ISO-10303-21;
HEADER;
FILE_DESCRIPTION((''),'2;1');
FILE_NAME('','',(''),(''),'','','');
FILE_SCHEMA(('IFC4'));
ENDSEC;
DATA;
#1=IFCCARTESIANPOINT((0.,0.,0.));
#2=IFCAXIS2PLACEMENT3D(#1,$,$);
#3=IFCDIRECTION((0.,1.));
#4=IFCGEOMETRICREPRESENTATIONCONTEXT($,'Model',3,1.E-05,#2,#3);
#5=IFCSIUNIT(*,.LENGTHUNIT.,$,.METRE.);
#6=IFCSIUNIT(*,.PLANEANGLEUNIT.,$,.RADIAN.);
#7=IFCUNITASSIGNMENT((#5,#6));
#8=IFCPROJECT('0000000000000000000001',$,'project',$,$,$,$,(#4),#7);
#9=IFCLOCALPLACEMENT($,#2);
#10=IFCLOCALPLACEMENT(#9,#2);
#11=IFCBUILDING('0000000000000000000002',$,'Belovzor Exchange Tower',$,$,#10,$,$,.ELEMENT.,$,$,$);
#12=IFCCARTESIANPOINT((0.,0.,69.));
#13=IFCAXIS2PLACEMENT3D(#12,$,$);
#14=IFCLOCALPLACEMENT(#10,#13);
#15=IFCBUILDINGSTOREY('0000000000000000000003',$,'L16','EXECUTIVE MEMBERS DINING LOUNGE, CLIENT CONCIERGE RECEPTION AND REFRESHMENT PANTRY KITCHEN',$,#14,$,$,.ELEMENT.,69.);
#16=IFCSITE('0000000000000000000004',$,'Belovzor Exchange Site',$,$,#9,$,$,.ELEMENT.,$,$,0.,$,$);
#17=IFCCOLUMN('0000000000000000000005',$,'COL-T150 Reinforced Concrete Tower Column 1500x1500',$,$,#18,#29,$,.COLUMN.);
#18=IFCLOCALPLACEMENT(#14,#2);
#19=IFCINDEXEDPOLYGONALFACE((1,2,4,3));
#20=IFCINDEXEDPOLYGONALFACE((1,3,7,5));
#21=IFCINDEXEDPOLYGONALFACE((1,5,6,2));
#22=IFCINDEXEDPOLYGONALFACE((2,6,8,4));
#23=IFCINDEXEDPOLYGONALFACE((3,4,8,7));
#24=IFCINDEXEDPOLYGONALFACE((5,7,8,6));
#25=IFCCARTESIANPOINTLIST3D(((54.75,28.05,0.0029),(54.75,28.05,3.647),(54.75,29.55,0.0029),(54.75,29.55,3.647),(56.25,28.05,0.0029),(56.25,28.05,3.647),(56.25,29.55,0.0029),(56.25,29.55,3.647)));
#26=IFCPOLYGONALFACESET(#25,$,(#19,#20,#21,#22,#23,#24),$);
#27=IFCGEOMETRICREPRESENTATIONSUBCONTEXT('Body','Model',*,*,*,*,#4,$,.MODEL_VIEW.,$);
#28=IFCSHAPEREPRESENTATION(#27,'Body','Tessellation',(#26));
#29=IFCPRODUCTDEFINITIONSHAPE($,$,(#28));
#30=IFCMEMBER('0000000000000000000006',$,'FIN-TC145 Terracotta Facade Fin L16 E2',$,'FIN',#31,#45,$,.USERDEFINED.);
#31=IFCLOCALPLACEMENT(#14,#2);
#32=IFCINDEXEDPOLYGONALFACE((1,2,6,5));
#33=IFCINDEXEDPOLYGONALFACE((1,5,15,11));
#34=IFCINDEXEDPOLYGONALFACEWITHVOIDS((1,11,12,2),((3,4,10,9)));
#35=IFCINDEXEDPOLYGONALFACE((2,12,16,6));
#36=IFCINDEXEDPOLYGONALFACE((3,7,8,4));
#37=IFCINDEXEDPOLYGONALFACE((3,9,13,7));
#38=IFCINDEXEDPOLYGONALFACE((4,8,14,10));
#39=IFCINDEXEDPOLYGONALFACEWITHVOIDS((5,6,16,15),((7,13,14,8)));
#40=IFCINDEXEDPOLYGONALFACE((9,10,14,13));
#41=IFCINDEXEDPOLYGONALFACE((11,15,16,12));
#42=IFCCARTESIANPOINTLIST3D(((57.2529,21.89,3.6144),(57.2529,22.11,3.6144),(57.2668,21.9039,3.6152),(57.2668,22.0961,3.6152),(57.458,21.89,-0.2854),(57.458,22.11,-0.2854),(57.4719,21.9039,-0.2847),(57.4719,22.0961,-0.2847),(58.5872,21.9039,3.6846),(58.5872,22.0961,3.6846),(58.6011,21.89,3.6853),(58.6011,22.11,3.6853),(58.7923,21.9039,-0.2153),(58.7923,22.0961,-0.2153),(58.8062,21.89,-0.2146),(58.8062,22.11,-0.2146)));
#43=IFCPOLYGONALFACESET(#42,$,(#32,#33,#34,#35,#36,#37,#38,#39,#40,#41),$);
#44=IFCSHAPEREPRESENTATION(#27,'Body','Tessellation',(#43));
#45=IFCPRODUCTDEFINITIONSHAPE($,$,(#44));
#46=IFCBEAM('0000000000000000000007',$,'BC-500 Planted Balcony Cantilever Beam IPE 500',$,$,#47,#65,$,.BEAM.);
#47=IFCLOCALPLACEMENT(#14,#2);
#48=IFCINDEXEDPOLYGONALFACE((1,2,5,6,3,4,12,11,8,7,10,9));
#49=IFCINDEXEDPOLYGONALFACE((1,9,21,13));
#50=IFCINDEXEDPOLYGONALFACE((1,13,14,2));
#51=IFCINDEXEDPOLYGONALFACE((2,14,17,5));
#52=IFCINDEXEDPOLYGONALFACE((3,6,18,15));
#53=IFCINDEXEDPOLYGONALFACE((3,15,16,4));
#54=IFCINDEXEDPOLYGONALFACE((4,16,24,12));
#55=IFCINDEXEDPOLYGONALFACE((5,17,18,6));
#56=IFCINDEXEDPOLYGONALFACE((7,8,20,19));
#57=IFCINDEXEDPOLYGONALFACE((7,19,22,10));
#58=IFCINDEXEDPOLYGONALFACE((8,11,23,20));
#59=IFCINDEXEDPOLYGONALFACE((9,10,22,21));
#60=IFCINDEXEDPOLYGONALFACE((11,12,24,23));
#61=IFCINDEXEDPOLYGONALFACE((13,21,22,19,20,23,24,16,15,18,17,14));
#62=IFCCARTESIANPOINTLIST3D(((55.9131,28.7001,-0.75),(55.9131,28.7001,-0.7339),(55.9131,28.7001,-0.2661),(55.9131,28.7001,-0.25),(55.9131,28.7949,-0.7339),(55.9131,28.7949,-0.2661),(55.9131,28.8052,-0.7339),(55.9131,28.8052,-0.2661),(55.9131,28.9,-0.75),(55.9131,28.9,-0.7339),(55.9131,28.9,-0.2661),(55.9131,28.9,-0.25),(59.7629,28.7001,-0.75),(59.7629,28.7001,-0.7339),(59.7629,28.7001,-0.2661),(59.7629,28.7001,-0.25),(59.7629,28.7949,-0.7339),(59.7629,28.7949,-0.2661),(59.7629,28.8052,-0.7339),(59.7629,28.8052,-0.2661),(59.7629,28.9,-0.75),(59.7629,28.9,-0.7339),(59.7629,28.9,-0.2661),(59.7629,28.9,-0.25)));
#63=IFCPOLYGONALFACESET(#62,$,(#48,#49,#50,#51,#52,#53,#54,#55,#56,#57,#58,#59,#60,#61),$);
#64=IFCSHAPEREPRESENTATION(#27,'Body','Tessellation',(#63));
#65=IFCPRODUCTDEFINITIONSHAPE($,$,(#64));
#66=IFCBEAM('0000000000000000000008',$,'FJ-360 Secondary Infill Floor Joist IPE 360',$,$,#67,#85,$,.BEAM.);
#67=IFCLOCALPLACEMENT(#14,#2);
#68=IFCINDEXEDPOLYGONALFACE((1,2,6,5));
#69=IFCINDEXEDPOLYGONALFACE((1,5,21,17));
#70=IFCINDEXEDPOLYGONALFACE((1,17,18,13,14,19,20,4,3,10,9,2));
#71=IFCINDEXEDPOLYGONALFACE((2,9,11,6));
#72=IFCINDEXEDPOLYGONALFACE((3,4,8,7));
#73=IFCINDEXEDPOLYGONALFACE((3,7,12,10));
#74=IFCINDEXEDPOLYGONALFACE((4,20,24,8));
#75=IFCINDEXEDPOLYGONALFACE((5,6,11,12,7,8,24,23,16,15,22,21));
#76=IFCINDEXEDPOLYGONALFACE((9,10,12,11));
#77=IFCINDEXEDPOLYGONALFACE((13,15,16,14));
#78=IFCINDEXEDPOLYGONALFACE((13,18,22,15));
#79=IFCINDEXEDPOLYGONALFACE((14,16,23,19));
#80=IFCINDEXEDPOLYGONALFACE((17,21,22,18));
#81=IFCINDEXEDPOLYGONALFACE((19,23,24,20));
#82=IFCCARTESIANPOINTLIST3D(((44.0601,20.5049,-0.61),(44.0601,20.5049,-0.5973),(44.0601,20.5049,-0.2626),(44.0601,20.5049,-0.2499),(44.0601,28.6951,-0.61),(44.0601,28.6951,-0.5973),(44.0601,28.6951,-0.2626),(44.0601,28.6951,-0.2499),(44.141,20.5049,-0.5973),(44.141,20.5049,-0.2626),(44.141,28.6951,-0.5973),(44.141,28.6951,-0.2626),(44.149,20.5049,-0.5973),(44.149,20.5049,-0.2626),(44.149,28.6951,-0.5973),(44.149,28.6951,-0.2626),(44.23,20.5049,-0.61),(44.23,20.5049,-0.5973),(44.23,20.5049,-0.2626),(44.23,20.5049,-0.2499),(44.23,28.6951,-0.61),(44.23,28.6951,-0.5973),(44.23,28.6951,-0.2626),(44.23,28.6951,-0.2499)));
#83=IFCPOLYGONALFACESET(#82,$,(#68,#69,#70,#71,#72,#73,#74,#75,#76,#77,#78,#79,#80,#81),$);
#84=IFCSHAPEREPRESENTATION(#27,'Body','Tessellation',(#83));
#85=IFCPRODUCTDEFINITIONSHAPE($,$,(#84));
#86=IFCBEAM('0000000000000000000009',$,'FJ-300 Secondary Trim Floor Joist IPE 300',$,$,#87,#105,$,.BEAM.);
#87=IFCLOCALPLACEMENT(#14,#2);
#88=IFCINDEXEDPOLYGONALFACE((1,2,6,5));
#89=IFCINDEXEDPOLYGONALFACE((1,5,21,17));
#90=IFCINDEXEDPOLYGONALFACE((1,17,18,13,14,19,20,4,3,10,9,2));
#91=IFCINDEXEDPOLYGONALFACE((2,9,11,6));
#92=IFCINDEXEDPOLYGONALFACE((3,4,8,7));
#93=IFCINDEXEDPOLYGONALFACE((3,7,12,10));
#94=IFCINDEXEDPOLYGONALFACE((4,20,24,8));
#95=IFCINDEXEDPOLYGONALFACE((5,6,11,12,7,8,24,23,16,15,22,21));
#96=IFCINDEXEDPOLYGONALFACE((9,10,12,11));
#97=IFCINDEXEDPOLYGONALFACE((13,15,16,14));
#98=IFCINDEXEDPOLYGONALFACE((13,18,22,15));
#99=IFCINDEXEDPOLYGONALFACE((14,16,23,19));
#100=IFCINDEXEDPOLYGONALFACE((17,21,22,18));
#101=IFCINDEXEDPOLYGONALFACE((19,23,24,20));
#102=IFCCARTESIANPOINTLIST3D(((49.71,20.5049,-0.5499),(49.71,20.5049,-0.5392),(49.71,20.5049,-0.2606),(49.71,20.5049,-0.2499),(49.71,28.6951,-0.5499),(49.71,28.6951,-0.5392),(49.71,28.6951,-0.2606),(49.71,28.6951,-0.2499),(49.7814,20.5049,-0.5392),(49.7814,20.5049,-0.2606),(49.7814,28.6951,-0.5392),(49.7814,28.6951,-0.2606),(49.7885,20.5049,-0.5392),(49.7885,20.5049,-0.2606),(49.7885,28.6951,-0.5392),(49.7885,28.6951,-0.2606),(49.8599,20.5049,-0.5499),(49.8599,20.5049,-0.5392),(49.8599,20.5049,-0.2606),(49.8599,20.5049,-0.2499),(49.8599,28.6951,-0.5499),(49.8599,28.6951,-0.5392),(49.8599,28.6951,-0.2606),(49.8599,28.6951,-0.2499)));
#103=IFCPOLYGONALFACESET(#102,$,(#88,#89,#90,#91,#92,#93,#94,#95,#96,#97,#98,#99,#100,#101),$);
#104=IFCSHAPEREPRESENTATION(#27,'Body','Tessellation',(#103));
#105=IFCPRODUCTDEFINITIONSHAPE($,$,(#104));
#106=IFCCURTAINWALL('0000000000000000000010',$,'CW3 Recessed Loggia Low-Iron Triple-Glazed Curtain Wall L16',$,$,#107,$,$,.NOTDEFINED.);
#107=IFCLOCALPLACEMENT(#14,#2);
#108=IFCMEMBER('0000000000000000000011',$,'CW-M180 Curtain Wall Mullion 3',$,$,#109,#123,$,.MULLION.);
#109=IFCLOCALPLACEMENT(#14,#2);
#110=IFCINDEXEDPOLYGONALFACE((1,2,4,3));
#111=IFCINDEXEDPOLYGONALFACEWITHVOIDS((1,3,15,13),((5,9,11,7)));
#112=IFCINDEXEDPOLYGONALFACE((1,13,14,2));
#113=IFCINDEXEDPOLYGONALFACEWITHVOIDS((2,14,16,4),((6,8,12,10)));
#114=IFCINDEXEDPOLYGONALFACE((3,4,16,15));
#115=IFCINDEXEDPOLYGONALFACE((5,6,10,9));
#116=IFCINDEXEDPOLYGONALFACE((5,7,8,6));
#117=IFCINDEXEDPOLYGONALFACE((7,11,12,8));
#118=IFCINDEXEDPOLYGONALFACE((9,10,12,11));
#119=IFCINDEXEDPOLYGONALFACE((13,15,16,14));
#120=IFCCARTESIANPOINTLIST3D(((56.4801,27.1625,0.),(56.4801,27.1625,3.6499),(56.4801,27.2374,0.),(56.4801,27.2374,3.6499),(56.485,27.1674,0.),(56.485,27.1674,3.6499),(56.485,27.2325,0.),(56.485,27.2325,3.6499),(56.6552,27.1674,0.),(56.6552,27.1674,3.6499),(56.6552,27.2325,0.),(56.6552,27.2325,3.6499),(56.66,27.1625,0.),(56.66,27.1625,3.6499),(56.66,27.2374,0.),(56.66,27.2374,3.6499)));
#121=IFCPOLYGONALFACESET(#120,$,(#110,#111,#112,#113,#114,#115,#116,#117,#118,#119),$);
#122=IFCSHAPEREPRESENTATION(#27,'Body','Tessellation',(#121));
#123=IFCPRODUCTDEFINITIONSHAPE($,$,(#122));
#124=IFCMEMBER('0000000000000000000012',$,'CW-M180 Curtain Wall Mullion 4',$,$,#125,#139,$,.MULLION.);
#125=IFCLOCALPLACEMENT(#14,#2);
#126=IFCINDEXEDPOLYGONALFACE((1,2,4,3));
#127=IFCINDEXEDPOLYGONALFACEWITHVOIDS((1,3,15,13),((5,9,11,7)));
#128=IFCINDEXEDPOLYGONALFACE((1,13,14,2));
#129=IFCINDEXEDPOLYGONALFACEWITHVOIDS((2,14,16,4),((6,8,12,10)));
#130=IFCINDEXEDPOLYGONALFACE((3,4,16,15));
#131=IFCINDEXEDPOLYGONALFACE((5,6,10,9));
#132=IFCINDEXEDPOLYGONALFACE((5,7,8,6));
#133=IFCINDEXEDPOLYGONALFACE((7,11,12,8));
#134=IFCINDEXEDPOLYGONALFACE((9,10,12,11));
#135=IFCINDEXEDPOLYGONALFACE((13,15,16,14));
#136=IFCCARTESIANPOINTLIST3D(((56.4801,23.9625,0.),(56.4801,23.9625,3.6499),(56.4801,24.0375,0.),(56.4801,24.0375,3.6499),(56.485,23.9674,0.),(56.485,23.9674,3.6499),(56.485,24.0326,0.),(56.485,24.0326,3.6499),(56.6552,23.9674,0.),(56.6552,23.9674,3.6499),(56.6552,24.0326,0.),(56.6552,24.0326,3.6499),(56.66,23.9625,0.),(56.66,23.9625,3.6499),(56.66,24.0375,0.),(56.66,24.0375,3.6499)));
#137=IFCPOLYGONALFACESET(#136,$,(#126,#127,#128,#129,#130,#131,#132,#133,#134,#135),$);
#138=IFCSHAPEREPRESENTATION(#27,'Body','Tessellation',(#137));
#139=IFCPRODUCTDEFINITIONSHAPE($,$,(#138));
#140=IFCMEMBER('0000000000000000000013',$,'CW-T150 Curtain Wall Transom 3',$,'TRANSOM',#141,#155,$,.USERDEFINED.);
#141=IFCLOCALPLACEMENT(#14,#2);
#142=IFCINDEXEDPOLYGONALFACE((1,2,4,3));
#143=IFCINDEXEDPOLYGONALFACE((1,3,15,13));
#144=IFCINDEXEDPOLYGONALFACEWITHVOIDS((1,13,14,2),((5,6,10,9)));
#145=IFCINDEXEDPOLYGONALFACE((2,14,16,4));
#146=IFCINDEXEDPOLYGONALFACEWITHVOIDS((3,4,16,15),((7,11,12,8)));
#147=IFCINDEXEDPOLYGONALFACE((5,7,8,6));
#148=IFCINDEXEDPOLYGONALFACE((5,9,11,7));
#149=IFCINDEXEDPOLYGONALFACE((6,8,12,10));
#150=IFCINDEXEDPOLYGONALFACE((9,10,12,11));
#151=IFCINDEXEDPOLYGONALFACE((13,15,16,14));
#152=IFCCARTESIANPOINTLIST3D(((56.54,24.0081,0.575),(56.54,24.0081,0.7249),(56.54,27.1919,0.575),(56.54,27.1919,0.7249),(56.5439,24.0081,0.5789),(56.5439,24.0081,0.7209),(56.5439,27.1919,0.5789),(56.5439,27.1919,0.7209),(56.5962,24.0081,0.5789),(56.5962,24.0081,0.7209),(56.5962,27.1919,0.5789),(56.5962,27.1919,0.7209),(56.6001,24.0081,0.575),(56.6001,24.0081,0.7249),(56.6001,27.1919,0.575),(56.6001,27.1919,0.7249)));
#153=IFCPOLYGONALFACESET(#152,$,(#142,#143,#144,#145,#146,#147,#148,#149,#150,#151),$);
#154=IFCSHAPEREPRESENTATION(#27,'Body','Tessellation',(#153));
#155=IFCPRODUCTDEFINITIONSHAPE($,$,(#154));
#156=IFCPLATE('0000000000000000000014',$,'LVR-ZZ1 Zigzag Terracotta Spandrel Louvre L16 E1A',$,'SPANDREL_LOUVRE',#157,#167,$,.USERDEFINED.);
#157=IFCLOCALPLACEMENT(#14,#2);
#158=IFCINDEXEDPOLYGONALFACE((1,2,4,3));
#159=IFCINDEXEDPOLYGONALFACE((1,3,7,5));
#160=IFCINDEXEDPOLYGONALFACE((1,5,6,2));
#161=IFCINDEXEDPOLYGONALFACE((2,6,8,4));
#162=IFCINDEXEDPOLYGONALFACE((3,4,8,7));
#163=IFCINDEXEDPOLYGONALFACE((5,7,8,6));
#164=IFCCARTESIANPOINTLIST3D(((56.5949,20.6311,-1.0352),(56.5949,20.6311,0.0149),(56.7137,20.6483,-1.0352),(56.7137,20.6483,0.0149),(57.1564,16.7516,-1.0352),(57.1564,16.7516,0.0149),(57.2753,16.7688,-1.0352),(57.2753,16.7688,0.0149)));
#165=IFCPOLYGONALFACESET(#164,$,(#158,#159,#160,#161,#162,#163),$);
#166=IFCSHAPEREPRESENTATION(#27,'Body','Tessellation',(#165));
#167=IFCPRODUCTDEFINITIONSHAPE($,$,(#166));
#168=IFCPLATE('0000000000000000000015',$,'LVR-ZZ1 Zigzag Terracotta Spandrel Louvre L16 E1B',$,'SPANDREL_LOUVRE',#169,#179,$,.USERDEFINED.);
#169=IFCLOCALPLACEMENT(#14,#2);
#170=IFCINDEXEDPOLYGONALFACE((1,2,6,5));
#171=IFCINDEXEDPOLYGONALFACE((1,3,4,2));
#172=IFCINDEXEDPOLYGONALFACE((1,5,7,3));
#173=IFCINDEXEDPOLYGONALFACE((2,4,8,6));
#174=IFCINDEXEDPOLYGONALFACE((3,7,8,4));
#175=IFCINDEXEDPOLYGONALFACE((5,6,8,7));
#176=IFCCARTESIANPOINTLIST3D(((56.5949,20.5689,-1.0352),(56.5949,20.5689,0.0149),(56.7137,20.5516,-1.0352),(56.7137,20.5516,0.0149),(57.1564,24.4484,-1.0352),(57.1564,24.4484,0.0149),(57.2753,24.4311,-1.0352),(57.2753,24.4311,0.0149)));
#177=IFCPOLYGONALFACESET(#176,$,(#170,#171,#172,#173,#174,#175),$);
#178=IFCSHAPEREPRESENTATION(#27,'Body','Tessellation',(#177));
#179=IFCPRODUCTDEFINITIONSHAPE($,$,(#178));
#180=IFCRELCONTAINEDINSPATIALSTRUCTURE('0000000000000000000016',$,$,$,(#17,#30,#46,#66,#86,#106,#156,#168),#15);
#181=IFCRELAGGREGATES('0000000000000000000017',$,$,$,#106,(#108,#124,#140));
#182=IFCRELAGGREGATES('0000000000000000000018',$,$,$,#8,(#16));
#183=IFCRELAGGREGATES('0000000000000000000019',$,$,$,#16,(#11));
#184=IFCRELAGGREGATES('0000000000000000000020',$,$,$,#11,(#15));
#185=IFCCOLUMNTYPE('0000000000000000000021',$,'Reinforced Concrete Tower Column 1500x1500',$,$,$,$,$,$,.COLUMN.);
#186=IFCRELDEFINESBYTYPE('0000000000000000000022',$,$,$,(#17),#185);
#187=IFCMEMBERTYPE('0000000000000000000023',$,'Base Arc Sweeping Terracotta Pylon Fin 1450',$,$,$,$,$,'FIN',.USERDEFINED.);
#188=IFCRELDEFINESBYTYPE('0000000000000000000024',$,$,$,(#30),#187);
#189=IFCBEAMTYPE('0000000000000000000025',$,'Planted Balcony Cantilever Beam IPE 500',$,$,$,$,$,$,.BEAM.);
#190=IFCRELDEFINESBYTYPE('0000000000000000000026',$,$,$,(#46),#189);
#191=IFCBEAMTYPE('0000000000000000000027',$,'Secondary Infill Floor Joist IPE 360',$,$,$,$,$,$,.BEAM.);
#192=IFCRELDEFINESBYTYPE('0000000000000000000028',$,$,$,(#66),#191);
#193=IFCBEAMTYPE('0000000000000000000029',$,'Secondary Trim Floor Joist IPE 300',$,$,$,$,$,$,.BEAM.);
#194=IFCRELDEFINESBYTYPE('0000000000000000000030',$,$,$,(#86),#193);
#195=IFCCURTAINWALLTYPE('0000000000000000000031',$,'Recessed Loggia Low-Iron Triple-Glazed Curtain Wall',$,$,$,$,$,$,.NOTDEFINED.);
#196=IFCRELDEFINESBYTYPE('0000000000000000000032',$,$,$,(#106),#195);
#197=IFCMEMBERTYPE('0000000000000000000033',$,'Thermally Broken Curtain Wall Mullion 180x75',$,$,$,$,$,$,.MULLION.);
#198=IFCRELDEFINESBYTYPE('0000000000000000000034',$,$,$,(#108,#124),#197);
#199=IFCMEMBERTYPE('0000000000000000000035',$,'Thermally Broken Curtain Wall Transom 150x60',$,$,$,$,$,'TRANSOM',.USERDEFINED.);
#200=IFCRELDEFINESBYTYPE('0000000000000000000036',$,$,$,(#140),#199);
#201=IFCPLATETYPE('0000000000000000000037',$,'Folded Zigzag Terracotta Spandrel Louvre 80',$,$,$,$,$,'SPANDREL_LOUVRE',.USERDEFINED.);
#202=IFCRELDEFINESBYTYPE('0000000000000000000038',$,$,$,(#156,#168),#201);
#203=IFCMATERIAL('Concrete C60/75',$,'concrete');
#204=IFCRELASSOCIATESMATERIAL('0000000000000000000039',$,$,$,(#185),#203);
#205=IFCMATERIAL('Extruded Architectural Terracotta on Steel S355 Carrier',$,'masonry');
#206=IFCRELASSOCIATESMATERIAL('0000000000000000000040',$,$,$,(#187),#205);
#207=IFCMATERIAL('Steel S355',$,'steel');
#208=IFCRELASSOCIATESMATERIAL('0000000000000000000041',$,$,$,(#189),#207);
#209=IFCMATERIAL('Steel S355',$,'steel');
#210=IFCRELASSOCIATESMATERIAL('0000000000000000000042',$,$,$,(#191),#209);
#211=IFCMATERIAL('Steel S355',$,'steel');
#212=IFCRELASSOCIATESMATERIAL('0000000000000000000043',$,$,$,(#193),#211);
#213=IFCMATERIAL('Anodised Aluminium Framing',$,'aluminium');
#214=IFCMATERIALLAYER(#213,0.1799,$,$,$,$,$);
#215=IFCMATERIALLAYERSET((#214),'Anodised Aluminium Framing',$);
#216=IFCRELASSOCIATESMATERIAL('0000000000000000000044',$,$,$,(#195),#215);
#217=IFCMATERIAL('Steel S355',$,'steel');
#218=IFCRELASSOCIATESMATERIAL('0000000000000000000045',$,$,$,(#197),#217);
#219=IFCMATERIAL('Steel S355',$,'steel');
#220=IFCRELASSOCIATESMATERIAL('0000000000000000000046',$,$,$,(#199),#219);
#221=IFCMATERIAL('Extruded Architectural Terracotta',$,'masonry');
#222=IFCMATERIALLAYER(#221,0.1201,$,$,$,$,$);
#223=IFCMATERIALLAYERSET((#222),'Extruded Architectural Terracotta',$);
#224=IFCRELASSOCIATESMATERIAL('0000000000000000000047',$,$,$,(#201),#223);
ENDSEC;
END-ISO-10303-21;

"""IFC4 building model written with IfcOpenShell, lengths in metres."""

from ifc_helpers import new_model, si_unit, direction, frame, origin, origin_2d, place, context, subcontext, project, spatial, rectangle, hollow_rectangle, i_section, extrude, material, layer, layer_set, material_profile, profile_set, type_object, element, aggregate, save


model = new_model("IFC4")

# Units and contexts
model_context = context("Model", 3, precision=1e-05, world=origin(), true_north=direction((0.0, 1.0)))
body_context = subcontext(model_context, "Body", "Model", "MODEL_VIEW")
ifc_project = project(units=[si_unit("LENGTHUNIT", "METRE"), si_unit("PLANEANGLEUNIT", "RADIAN")], contexts=[model_context])

# Site, building, storey
site_placement = place(None, origin())
site = spatial("IfcSite", under=ifc_project, at=site_placement, Name="Belovzor Exchange Site", CompositionType="ELEMENT", RefElevation=0.0)
building_placement = place(site_placement, origin())
building = spatial("IfcBuilding", under=site, at=building_placement, Name="Belovzor Exchange Tower", CompositionType="ELEMENT")
storey_placement = place(building_placement, frame((0.0, 0.0, 69.0)))
storey = spatial("IfcBuildingStorey", under=building, at=storey_placement, Name="L16", Description="EXECUTIVE MEMBERS DINING LOUNGE, CLIENT CONCIERGE RECEPTION AND REFRESHMENT PANTRY KITCHEN", CompositionType="ELEMENT", Elevation=69.0)

# Column
ifc_material_1 = material(Name="Concrete C60/75", Category="concrete")
ifc_material_profile_1 = material_profile(ifc_material_1, rectangle(XDim=1.5, YDim=1.5, at=origin_2d()))
ifc_profile_set_1 = profile_set([ifc_material_profile_1], Name="Concrete C60/75")
column_type = type_object("IfcColumnType", Name="Reinforced Concrete Tower Column 1500x1500", PredefinedType="COLUMN", material=ifc_profile_set_1)
column_placement = place(storey_placement, frame((55.5, 28.8, 0.0029), z_axis=(0.0, 0.0, 1.0), x_axis=(1.0, 0.0, 0.0)))
element("IfcColumn", 1, at=column_placement, inside=storey, type_object=column_type, Name="COL-T150 Reinforced Concrete Tower Column 1500x1500", PredefinedType="COLUMN", context=body_context, shape_type="SweptSolid", body=[
    extrude(rectangle(XDim=1.5, YDim=1.5, at=origin_2d()), origin(), (0.0, 0.0, 1.0), 3.644),
])

# Member
ifc_material_2 = material(Name="Extruded Architectural Terracotta on Steel S355 Carrier", Category="masonry")
ifc_material_profile_2 = material_profile(ifc_material_2, hollow_rectangle(XDim=0.22, YDim=1.3501, WallThickness=0.0139, at=origin_2d()))
ifc_profile_set_2 = profile_set([ifc_material_profile_2], Name="Extruded Architectural Terracotta on Steel S355 Carrier")
member_type_1 = type_object("IfcMemberType", Name="Base Arc Sweeping Terracotta Pylon Fin 1450", ElementType="FIN", PredefinedType="USERDEFINED", material=ifc_profile_set_2)
member_1_placement = place(storey_placement, frame((58.1321, 22.0, -0.25), z_axis=(-0.052513, 0.0, 0.99862), x_axis=(0.0, -1.0, 0.0)))
element("IfcMember", 2, at=member_1_placement, inside=storey, type_object=member_type_1, Name="FIN-TC145 Terracotta Facade Fin L16 E2", ObjectType="FIN", PredefinedType="USERDEFINED", context=body_context, shape_type="SweptSolid", body=[
    extrude(hollow_rectangle(XDim=0.22, YDim=1.3501, WallThickness=0.0139, at=origin_2d()), origin(), (0.0, 0.0, 1.0), 3.9053),
])

# Beams
ifc_material_3 = material(Name="Steel S355", Category="steel")
ifc_material_profile_3 = material_profile(ifc_material_3, i_section(OverallWidth=0.2, OverallDepth=0.5, WebThickness=0.0103, FlangeThickness=0.0161, at=origin_2d()))
ifc_profile_set_3 = profile_set([ifc_material_profile_3], Name="Steel S355")
beam_type_1 = type_object("IfcBeamType", Name="Planted Balcony Cantilever Beam IPE 500", PredefinedType="BEAM", material=ifc_profile_set_3)
beam_1_placement = place(storey_placement, frame((55.9131, 28.8, -0.5), z_axis=(1.0, 0.0, 0.0), x_axis=(0.0, 1.0, 0.0)))
element("IfcBeam", 3, at=beam_1_placement, inside=storey, type_object=beam_type_1, Name="BC-500 Planted Balcony Cantilever Beam IPE 500", PredefinedType="BEAM", context=body_context, shape_type="SweptSolid", body=[
    extrude(i_section(OverallWidth=0.2, OverallDepth=0.5, WebThickness=0.0103, FlangeThickness=0.0161, at=origin_2d()), origin(), (0.0, 0.0, 1.0), 3.8499),
])
ifc_material_4 = material(Name="Steel S355", Category="steel")
ifc_material_profile_4 = material_profile(ifc_material_4, i_section(OverallWidth=0.1699, OverallDepth=0.3601, WebThickness=0.0081, FlangeThickness=0.0127, at=origin_2d()))
ifc_profile_set_4 = profile_set([ifc_material_profile_4], Name="Steel S355")
beam_type_2 = type_object("IfcBeamType", Name="Secondary Infill Floor Joist IPE 360", PredefinedType="BEAM", material=ifc_profile_set_4)
beam_2_placement = place(storey_placement, frame((44.145, 20.5049, -0.4299), z_axis=(0.0, 1.0, 0.0), x_axis=(-1.0, 0.0, 0.0)))
element("IfcBeam", 4, at=beam_2_placement, inside=storey, type_object=beam_type_2, Name="FJ-360 Secondary Infill Floor Joist IPE 360", PredefinedType="BEAM", context=body_context, shape_type="SweptSolid", body=[
    extrude(i_section(OverallWidth=0.1699, OverallDepth=0.3601, WebThickness=0.0081, FlangeThickness=0.0127, at=origin_2d()), origin(), (0.0, 0.0, 1.0), 8.1902),
])
ifc_material_5 = material(Name="Steel S355", Category="steel")
ifc_material_profile_5 = material_profile(ifc_material_5, i_section(OverallWidth=0.1499, OverallDepth=0.3, WebThickness=0.0071, FlangeThickness=0.0107, at=origin_2d()))
ifc_profile_set_5 = profile_set([ifc_material_profile_5], Name="Steel S355")
beam_type_3 = type_object("IfcBeamType", Name="Secondary Trim Floor Joist IPE 300", PredefinedType="BEAM", material=ifc_profile_set_5)
beam_3_placement = place(storey_placement, frame((49.7849, 20.5049, -0.3999), z_axis=(0.0, 1.0, 0.0), x_axis=(-1.0, 0.0, 0.0)))
element("IfcBeam", 5, at=beam_3_placement, inside=storey, type_object=beam_type_3, Name="FJ-300 Secondary Trim Floor Joist IPE 300", PredefinedType="BEAM", context=body_context, shape_type="SweptSolid", body=[
    extrude(i_section(OverallWidth=0.1499, OverallDepth=0.3, WebThickness=0.0071, FlangeThickness=0.0107, at=origin_2d()), origin(), (0.0, 0.0, 1.0), 8.1902),
])

# Curtain wall, members
ifc_material_6 = material(Name="Anodised Aluminium Framing", Category="aluminium")
ifc_layer_1 = layer(ifc_material_6, 0.1799)
ifc_layer_set_1 = layer_set([ifc_layer_1], Name="Anodised Aluminium Framing")
curtain_wall_type = type_object("IfcCurtainWallType", Name="Recessed Loggia Low-Iron Triple-Glazed Curtain Wall", PredefinedType="NOTDEFINED", material=ifc_layer_set_1)
curtain_wall_placement = place(storey_placement, origin())
curtain_wall = element("IfcCurtainWall", 6, at=curtain_wall_placement, inside=storey, type_object=curtain_wall_type, Name="CW3 Recessed Loggia Low-Iron Triple-Glazed Curtain Wall L16", PredefinedType="NOTDEFINED")
ifc_material_7 = material(Name="Steel S355", Category="steel")
ifc_material_profile_6 = material_profile(ifc_material_7, hollow_rectangle(XDim=0.075, YDim=0.1799, WallThickness=0.0049, at=origin_2d()))
ifc_profile_set_6 = profile_set([ifc_material_profile_6], Name="Steel S355")
member_type_2 = type_object("IfcMemberType", Name="Thermally Broken Curtain Wall Mullion 180x75", PredefinedType="MULLION", material=ifc_profile_set_6)
member_2_placement = place(storey_placement, frame((56.5701, 27.2, 0.0), z_axis=(0.0, 0.0, 1.0), x_axis=(0.0, -1.0, 0.0)))
member_2 = element("IfcMember", 7, at=member_2_placement, type_object=member_type_2, Name="CW-M180 Curtain Wall Mullion 3", PredefinedType="MULLION", context=body_context, shape_type="SweptSolid", body=[
    extrude(hollow_rectangle(XDim=0.075, YDim=0.1799, WallThickness=0.0049, at=origin_2d()), origin(), (0.0, 0.0, 1.0), 3.6499),
])
member_3_placement = place(storey_placement, frame((56.5701, 24.0, 0.0), z_axis=(0.0, 0.0, 1.0), x_axis=(0.0, -1.0, 0.0)))
member_3 = element("IfcMember", 8, at=member_3_placement, type_object=member_type_2, Name="CW-M180 Curtain Wall Mullion 4", PredefinedType="MULLION", context=body_context, shape_type="SweptSolid", body=[
    extrude(hollow_rectangle(XDim=0.075, YDim=0.1799, WallThickness=0.0049, at=origin_2d()), origin(), (0.0, 0.0, 1.0), 3.6499),
])
ifc_material_8 = material(Name="Steel S355", Category="steel")
ifc_material_profile_7 = material_profile(ifc_material_8, hollow_rectangle(XDim=0.0601, YDim=0.1499, WallThickness=0.0039, at=origin_2d()))
ifc_profile_set_7 = profile_set([ifc_material_profile_7], Name="Steel S355")
member_type_3 = type_object("IfcMemberType", Name="Thermally Broken Curtain Wall Transom 150x60", ElementType="TRANSOM", PredefinedType="USERDEFINED", material=ifc_profile_set_7)
member_4_placement = place(storey_placement, frame((56.5701, 27.1919, 0.6499), z_axis=(0.0, -1.0, 0.0), x_axis=(1.0, 0.0, 0.0)))
member_4 = element("IfcMember", 9, at=member_4_placement, type_object=member_type_3, Name="CW-T150 Curtain Wall Transom 3", ObjectType="TRANSOM", PredefinedType="USERDEFINED", context=body_context, shape_type="SweptSolid", body=[
    extrude(hollow_rectangle(XDim=0.0601, YDim=0.1499, WallThickness=0.0039, at=origin_2d()), origin(), (0.0, 0.0, 1.0), 3.1838),
])

# Plates
ifc_material_9 = material(Name="Extruded Architectural Terracotta", Category="masonry")
ifc_layer_2 = layer(ifc_material_9, 0.1201)
ifc_layer_set_2 = layer_set([ifc_layer_2], Name="Extruded Architectural Terracotta")
plate_type_1 = type_object("IfcPlateType", Name="Folded Zigzag Terracotta Spandrel Louvre 80", ElementType="SPANDREL_LOUVRE", PredefinedType="USERDEFINED", material=ifc_layer_set_2)
for number, where, z_axis, x_axis, name in (
    (10, (56.9351, 18.7, -1.0352), (0.0, 0.0, 1.0), (-0.143251, 0.989686, 0.0), "LVR-ZZ1 Zigzag Terracotta Spandrel Louvre L16 E1A"),
    (11, (56.9351, 22.5, -1.0352), (0.0, 0.0, 1.0), (0.143251, 0.989686, 0.0), "LVR-ZZ1 Zigzag Terracotta Spandrel Louvre L16 E1B"),
):
    element("IfcPlate", number, at=place(storey_placement, frame(where, z_axis=z_axis, x_axis=x_axis)), inside=storey, type_object=plate_type_1, Name=name, ObjectType="SPANDREL_LOUVRE", PredefinedType="USERDEFINED", context=body_context, shape_type="SweptSolid", body=[
        extrude(rectangle(XDim=3.9199, YDim=0.1201, at=origin_2d()), origin(), (0.0, 0.0, 1.0), 1.05),
    ])

aggregate(curtain_wall, [member_2, member_3, member_4])

save(model, "model.ifc")
